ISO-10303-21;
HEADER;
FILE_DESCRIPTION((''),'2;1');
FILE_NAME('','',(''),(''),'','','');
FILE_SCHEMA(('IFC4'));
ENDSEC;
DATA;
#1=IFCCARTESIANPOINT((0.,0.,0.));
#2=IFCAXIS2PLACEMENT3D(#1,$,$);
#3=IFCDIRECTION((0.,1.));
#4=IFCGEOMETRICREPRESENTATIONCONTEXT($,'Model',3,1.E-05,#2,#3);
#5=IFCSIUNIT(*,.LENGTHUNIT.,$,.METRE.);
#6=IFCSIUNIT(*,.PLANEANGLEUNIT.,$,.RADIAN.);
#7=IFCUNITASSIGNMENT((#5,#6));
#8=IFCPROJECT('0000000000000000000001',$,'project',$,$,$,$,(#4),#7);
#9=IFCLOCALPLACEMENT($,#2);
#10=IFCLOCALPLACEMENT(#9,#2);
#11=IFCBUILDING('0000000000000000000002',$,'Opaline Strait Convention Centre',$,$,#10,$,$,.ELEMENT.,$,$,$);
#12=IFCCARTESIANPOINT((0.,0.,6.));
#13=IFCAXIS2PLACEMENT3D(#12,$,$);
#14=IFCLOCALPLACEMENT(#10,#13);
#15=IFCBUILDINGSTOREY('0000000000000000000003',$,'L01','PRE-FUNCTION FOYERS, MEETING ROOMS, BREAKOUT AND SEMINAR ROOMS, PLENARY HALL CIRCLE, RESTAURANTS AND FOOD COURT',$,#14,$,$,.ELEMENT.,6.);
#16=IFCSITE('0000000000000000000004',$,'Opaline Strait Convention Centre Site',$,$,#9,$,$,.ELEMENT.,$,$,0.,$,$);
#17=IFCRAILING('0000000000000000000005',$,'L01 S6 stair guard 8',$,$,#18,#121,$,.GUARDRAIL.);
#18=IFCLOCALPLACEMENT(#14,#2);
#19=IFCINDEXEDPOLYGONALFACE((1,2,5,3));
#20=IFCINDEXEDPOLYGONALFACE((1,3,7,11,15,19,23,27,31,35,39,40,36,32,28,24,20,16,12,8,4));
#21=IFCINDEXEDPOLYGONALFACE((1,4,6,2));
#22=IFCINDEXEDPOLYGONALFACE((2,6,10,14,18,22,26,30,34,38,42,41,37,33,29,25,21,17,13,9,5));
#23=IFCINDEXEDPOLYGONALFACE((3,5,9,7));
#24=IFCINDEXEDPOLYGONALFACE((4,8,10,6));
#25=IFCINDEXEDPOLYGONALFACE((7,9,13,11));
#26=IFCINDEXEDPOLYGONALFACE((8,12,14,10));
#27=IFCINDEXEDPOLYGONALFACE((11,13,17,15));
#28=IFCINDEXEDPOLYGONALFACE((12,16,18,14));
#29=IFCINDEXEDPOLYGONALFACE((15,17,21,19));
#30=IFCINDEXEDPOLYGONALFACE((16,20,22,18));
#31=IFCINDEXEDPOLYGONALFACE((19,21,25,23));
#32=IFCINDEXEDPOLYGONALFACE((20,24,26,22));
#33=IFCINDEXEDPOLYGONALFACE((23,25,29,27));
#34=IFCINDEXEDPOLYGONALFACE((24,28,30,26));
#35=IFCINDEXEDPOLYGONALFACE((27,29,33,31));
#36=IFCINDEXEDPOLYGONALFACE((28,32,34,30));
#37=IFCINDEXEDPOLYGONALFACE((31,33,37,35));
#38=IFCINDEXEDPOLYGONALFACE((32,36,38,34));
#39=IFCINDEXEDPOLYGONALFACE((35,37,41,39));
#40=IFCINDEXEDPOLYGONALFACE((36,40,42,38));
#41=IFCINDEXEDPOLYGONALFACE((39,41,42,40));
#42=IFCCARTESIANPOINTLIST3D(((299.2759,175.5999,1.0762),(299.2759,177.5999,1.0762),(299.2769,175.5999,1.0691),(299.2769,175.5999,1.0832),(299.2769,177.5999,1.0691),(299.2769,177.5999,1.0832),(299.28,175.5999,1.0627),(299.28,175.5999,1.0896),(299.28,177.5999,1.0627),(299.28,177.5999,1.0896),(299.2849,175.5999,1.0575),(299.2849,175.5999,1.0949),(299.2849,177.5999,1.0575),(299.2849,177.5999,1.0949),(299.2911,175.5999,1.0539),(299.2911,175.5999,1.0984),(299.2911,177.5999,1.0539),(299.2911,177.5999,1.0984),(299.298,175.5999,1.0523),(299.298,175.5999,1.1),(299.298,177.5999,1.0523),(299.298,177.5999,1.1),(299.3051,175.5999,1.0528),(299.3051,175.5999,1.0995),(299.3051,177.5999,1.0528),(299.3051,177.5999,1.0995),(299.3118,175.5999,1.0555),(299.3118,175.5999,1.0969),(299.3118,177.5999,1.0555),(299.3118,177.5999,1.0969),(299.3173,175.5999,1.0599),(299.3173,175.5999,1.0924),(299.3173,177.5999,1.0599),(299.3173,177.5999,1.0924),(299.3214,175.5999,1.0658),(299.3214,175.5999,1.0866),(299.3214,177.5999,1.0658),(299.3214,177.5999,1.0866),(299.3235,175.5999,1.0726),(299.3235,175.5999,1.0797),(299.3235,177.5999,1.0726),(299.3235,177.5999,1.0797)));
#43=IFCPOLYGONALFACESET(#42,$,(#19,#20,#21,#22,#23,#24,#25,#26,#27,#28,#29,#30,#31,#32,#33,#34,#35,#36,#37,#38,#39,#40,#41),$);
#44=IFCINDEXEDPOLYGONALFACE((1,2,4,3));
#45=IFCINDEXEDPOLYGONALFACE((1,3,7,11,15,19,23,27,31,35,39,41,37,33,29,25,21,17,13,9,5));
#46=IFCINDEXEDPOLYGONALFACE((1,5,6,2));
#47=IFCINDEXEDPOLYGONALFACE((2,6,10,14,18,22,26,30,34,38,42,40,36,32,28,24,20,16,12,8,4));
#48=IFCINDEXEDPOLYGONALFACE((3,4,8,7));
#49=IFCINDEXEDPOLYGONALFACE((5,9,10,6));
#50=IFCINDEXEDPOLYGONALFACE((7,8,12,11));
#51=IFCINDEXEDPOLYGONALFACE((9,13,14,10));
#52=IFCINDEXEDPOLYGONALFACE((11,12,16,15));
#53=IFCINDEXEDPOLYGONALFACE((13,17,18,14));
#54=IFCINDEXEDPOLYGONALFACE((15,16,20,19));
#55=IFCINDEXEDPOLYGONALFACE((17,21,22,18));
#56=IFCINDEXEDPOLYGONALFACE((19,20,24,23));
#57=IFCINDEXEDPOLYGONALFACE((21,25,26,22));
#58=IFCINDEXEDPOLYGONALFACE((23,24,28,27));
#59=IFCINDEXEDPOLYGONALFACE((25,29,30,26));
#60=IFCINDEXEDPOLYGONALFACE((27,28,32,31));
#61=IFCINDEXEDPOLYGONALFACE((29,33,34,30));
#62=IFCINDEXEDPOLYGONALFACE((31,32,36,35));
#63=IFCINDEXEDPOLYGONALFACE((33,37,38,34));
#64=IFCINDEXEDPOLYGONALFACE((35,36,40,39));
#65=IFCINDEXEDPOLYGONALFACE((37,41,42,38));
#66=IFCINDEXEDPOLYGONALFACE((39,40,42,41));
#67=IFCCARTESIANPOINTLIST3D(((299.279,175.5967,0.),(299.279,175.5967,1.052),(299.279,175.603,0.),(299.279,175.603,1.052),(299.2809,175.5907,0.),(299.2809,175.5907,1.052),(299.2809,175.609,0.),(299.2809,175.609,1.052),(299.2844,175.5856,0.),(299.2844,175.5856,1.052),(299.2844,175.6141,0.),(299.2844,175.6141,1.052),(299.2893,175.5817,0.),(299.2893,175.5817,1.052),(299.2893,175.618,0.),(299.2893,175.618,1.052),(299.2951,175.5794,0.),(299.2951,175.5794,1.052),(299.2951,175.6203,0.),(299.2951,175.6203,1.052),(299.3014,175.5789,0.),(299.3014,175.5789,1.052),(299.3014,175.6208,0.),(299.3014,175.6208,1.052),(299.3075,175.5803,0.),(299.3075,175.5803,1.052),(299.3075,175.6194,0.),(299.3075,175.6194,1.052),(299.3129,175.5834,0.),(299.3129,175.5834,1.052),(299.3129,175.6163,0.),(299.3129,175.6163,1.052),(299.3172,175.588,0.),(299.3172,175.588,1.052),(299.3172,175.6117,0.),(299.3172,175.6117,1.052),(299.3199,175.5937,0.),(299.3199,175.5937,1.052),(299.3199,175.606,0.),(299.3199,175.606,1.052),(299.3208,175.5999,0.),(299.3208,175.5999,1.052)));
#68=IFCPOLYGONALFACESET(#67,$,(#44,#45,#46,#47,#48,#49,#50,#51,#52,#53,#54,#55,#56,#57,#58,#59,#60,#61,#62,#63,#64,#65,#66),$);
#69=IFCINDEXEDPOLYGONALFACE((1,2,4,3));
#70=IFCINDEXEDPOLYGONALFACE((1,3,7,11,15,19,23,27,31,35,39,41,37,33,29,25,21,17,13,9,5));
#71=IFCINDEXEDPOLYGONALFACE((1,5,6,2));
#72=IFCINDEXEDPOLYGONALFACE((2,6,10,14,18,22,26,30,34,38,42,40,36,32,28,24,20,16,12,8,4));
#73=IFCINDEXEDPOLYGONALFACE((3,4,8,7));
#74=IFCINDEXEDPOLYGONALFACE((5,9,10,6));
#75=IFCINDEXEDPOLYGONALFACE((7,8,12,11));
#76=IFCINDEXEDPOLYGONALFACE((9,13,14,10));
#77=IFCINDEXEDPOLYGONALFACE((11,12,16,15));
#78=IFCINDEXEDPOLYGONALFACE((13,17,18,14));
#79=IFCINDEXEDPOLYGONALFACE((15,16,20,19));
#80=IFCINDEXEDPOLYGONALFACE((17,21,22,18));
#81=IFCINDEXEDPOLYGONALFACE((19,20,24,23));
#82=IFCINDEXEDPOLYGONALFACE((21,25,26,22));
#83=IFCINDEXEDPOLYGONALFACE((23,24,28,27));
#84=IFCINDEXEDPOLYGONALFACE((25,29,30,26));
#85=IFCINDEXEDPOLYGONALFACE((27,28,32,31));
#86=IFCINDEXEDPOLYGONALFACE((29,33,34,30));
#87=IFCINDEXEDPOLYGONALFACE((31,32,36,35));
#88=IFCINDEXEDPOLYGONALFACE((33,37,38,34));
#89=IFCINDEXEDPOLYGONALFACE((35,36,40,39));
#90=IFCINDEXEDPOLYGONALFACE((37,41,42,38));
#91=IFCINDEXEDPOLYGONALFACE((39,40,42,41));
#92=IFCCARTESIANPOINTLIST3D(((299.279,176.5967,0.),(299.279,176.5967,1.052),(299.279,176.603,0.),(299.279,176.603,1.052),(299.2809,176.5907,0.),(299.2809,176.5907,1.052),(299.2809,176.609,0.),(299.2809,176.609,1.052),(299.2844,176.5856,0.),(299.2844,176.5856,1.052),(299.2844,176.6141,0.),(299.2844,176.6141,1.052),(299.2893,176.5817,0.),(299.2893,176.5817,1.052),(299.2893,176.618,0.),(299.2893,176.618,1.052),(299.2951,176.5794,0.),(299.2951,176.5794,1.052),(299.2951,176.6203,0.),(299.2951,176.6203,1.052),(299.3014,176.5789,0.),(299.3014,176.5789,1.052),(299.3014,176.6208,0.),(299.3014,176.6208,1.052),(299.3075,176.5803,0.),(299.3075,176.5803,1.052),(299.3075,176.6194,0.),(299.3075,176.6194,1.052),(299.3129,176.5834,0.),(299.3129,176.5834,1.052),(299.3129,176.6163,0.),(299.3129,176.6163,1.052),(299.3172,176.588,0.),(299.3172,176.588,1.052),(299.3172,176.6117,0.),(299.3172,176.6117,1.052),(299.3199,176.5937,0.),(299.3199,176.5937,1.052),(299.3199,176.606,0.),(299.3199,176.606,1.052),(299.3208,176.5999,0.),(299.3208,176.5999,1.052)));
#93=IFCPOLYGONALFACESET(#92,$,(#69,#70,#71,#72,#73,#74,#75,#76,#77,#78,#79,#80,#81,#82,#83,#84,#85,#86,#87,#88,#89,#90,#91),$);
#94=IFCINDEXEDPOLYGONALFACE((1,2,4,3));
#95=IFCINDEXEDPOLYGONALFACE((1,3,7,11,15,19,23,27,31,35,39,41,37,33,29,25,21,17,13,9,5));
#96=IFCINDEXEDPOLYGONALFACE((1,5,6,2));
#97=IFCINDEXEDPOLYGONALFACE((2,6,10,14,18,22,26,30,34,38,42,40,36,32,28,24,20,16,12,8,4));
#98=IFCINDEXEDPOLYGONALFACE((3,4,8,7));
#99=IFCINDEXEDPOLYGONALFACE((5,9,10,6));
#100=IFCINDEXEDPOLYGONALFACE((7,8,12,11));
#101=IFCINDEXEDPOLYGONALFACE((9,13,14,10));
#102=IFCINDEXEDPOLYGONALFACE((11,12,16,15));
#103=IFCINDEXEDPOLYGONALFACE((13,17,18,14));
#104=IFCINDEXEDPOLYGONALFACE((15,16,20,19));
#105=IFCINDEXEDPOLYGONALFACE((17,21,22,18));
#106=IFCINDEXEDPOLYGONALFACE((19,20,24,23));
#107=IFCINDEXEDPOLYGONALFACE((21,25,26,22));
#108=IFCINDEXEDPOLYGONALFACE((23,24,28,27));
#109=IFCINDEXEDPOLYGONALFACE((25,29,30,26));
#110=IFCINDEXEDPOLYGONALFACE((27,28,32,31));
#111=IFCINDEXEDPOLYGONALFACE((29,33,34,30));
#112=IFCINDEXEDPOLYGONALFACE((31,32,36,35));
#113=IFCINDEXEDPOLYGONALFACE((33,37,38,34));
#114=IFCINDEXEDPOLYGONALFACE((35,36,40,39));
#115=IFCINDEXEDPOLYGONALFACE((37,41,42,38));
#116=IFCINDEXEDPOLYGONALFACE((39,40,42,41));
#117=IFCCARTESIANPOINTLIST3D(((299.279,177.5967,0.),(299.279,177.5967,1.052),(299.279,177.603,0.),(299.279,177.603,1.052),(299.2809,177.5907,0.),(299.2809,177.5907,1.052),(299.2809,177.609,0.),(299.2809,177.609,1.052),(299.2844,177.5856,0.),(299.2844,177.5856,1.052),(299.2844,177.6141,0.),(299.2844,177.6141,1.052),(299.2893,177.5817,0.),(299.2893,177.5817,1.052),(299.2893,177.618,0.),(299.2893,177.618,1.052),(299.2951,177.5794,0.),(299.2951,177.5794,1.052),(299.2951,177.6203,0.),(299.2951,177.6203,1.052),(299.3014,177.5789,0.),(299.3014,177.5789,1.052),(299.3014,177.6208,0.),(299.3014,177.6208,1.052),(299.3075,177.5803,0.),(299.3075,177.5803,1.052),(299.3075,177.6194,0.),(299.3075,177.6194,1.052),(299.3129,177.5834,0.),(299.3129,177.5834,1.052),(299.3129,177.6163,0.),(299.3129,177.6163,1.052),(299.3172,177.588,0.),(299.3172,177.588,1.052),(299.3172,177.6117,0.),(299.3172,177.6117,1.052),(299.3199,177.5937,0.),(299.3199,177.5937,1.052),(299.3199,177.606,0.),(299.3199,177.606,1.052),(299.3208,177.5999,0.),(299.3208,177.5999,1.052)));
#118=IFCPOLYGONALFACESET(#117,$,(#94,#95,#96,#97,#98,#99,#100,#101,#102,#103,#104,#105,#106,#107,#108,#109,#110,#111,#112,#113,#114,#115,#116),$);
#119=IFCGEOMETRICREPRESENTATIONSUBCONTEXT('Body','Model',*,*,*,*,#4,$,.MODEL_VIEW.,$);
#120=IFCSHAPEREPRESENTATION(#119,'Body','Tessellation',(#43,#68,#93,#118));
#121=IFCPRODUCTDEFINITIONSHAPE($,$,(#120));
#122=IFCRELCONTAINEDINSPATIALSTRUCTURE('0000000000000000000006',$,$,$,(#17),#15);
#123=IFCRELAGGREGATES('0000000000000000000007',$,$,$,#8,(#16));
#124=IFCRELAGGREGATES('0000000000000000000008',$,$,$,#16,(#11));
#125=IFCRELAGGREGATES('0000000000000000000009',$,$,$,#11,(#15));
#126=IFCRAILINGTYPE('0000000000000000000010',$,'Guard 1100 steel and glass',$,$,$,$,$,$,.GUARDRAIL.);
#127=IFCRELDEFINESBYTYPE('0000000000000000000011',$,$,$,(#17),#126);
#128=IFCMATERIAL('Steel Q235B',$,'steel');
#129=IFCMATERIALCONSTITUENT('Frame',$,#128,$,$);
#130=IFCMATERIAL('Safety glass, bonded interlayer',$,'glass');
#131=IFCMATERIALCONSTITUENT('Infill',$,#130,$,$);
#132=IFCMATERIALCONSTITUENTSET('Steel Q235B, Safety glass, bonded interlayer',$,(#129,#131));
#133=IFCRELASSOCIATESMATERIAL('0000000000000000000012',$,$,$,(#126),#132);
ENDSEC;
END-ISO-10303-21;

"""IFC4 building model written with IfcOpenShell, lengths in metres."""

from ifc_helpers import new_model, si_unit, direction, frame, origin, origin_2d, place, context, subcontext, project, spatial, circle, extrude, material, constituent, constituent_set, type_object, element, save


model = new_model("IFC4")

# Units and contexts
model_context = context("Model", 3, precision=1e-05, world=origin(), true_north=direction((0.0, 1.0)))
body_context = subcontext(model_context, "Body", "Model", "MODEL_VIEW")
ifc_project = project(units=[si_unit("LENGTHUNIT", "METRE"), si_unit("PLANEANGLEUNIT", "RADIAN")], contexts=[model_context])

# Site, building, storey
site_placement = place(None, origin())
site = spatial("IfcSite", under=ifc_project, at=site_placement, Name="Opaline Strait Convention Centre Site", CompositionType="ELEMENT", RefElevation=0.0)
building_placement = place(site_placement, origin())
building = spatial("IfcBuilding", under=site, at=building_placement, Name="Opaline Strait Convention Centre", CompositionType="ELEMENT")
storey_placement = place(building_placement, frame((0.0, 0.0, 6.0)))
storey = spatial("IfcBuildingStorey", under=building, at=storey_placement, Name="L01", Description="PRE-FUNCTION FOYERS, MEETING ROOMS, BREAKOUT AND SEMINAR ROOMS, PLENARY HALL CIRCLE, RESTAURANTS AND FOOD COURT", CompositionType="ELEMENT", Elevation=6.0)

# Railing
ifc_material_1 = material(Name="Steel Q235B", Category="steel")
ifc_constituent_1 = constituent(ifc_material_1, Name="Frame")
ifc_material_2 = material(Name="Safety glass, bonded interlayer", Category="glass")
ifc_constituent_2 = constituent(ifc_material_2, Name="Infill")
ifc_constituent_set = constituent_set(constituents=[ifc_constituent_1, ifc_constituent_2], Name="Steel Q235B, Safety glass, bonded interlayer")
railing_type_1 = type_object("IfcRailingType", Name="Guard 1100 steel and glass", PredefinedType="GUARDRAIL", material=ifc_constituent_set)
railing_1_placement = place(storey_placement, frame((299.2998, 175.5999, 0.0)))
element("IfcRailing", 1, at=railing_1_placement, inside=storey, type_object=railing_type_1, Name="L01 S6 stair guard 8", PredefinedType="GUARDRAIL", context=body_context, shape_type="SweptSolid", body=[
    extrude(circle(Radius=0.0239, at=origin_2d()), frame((0.0, 0.0, 1.0762), z_axis=(0.0, 1.0, 0.0), x_axis=(-1.0, 0.0, 0.0)), (0.0, 0.0, 1.0), 2.0),
    extrude(circle(Radius=0.021, at=origin_2d()), origin(), (0.0, 0.0, 1.0), 1.052),
    extrude(circle(Radius=0.021, at=origin_2d()), frame((0.0, 1.0, 0.0)), (0.0, 0.0, 1.0), 1.052),
    extrude(circle(Radius=0.021, at=origin_2d()), frame((0.0, 2.0, 0.0)), (0.0, 0.0, 1.0), 1.052),
])

save(model, "model.ifc")
